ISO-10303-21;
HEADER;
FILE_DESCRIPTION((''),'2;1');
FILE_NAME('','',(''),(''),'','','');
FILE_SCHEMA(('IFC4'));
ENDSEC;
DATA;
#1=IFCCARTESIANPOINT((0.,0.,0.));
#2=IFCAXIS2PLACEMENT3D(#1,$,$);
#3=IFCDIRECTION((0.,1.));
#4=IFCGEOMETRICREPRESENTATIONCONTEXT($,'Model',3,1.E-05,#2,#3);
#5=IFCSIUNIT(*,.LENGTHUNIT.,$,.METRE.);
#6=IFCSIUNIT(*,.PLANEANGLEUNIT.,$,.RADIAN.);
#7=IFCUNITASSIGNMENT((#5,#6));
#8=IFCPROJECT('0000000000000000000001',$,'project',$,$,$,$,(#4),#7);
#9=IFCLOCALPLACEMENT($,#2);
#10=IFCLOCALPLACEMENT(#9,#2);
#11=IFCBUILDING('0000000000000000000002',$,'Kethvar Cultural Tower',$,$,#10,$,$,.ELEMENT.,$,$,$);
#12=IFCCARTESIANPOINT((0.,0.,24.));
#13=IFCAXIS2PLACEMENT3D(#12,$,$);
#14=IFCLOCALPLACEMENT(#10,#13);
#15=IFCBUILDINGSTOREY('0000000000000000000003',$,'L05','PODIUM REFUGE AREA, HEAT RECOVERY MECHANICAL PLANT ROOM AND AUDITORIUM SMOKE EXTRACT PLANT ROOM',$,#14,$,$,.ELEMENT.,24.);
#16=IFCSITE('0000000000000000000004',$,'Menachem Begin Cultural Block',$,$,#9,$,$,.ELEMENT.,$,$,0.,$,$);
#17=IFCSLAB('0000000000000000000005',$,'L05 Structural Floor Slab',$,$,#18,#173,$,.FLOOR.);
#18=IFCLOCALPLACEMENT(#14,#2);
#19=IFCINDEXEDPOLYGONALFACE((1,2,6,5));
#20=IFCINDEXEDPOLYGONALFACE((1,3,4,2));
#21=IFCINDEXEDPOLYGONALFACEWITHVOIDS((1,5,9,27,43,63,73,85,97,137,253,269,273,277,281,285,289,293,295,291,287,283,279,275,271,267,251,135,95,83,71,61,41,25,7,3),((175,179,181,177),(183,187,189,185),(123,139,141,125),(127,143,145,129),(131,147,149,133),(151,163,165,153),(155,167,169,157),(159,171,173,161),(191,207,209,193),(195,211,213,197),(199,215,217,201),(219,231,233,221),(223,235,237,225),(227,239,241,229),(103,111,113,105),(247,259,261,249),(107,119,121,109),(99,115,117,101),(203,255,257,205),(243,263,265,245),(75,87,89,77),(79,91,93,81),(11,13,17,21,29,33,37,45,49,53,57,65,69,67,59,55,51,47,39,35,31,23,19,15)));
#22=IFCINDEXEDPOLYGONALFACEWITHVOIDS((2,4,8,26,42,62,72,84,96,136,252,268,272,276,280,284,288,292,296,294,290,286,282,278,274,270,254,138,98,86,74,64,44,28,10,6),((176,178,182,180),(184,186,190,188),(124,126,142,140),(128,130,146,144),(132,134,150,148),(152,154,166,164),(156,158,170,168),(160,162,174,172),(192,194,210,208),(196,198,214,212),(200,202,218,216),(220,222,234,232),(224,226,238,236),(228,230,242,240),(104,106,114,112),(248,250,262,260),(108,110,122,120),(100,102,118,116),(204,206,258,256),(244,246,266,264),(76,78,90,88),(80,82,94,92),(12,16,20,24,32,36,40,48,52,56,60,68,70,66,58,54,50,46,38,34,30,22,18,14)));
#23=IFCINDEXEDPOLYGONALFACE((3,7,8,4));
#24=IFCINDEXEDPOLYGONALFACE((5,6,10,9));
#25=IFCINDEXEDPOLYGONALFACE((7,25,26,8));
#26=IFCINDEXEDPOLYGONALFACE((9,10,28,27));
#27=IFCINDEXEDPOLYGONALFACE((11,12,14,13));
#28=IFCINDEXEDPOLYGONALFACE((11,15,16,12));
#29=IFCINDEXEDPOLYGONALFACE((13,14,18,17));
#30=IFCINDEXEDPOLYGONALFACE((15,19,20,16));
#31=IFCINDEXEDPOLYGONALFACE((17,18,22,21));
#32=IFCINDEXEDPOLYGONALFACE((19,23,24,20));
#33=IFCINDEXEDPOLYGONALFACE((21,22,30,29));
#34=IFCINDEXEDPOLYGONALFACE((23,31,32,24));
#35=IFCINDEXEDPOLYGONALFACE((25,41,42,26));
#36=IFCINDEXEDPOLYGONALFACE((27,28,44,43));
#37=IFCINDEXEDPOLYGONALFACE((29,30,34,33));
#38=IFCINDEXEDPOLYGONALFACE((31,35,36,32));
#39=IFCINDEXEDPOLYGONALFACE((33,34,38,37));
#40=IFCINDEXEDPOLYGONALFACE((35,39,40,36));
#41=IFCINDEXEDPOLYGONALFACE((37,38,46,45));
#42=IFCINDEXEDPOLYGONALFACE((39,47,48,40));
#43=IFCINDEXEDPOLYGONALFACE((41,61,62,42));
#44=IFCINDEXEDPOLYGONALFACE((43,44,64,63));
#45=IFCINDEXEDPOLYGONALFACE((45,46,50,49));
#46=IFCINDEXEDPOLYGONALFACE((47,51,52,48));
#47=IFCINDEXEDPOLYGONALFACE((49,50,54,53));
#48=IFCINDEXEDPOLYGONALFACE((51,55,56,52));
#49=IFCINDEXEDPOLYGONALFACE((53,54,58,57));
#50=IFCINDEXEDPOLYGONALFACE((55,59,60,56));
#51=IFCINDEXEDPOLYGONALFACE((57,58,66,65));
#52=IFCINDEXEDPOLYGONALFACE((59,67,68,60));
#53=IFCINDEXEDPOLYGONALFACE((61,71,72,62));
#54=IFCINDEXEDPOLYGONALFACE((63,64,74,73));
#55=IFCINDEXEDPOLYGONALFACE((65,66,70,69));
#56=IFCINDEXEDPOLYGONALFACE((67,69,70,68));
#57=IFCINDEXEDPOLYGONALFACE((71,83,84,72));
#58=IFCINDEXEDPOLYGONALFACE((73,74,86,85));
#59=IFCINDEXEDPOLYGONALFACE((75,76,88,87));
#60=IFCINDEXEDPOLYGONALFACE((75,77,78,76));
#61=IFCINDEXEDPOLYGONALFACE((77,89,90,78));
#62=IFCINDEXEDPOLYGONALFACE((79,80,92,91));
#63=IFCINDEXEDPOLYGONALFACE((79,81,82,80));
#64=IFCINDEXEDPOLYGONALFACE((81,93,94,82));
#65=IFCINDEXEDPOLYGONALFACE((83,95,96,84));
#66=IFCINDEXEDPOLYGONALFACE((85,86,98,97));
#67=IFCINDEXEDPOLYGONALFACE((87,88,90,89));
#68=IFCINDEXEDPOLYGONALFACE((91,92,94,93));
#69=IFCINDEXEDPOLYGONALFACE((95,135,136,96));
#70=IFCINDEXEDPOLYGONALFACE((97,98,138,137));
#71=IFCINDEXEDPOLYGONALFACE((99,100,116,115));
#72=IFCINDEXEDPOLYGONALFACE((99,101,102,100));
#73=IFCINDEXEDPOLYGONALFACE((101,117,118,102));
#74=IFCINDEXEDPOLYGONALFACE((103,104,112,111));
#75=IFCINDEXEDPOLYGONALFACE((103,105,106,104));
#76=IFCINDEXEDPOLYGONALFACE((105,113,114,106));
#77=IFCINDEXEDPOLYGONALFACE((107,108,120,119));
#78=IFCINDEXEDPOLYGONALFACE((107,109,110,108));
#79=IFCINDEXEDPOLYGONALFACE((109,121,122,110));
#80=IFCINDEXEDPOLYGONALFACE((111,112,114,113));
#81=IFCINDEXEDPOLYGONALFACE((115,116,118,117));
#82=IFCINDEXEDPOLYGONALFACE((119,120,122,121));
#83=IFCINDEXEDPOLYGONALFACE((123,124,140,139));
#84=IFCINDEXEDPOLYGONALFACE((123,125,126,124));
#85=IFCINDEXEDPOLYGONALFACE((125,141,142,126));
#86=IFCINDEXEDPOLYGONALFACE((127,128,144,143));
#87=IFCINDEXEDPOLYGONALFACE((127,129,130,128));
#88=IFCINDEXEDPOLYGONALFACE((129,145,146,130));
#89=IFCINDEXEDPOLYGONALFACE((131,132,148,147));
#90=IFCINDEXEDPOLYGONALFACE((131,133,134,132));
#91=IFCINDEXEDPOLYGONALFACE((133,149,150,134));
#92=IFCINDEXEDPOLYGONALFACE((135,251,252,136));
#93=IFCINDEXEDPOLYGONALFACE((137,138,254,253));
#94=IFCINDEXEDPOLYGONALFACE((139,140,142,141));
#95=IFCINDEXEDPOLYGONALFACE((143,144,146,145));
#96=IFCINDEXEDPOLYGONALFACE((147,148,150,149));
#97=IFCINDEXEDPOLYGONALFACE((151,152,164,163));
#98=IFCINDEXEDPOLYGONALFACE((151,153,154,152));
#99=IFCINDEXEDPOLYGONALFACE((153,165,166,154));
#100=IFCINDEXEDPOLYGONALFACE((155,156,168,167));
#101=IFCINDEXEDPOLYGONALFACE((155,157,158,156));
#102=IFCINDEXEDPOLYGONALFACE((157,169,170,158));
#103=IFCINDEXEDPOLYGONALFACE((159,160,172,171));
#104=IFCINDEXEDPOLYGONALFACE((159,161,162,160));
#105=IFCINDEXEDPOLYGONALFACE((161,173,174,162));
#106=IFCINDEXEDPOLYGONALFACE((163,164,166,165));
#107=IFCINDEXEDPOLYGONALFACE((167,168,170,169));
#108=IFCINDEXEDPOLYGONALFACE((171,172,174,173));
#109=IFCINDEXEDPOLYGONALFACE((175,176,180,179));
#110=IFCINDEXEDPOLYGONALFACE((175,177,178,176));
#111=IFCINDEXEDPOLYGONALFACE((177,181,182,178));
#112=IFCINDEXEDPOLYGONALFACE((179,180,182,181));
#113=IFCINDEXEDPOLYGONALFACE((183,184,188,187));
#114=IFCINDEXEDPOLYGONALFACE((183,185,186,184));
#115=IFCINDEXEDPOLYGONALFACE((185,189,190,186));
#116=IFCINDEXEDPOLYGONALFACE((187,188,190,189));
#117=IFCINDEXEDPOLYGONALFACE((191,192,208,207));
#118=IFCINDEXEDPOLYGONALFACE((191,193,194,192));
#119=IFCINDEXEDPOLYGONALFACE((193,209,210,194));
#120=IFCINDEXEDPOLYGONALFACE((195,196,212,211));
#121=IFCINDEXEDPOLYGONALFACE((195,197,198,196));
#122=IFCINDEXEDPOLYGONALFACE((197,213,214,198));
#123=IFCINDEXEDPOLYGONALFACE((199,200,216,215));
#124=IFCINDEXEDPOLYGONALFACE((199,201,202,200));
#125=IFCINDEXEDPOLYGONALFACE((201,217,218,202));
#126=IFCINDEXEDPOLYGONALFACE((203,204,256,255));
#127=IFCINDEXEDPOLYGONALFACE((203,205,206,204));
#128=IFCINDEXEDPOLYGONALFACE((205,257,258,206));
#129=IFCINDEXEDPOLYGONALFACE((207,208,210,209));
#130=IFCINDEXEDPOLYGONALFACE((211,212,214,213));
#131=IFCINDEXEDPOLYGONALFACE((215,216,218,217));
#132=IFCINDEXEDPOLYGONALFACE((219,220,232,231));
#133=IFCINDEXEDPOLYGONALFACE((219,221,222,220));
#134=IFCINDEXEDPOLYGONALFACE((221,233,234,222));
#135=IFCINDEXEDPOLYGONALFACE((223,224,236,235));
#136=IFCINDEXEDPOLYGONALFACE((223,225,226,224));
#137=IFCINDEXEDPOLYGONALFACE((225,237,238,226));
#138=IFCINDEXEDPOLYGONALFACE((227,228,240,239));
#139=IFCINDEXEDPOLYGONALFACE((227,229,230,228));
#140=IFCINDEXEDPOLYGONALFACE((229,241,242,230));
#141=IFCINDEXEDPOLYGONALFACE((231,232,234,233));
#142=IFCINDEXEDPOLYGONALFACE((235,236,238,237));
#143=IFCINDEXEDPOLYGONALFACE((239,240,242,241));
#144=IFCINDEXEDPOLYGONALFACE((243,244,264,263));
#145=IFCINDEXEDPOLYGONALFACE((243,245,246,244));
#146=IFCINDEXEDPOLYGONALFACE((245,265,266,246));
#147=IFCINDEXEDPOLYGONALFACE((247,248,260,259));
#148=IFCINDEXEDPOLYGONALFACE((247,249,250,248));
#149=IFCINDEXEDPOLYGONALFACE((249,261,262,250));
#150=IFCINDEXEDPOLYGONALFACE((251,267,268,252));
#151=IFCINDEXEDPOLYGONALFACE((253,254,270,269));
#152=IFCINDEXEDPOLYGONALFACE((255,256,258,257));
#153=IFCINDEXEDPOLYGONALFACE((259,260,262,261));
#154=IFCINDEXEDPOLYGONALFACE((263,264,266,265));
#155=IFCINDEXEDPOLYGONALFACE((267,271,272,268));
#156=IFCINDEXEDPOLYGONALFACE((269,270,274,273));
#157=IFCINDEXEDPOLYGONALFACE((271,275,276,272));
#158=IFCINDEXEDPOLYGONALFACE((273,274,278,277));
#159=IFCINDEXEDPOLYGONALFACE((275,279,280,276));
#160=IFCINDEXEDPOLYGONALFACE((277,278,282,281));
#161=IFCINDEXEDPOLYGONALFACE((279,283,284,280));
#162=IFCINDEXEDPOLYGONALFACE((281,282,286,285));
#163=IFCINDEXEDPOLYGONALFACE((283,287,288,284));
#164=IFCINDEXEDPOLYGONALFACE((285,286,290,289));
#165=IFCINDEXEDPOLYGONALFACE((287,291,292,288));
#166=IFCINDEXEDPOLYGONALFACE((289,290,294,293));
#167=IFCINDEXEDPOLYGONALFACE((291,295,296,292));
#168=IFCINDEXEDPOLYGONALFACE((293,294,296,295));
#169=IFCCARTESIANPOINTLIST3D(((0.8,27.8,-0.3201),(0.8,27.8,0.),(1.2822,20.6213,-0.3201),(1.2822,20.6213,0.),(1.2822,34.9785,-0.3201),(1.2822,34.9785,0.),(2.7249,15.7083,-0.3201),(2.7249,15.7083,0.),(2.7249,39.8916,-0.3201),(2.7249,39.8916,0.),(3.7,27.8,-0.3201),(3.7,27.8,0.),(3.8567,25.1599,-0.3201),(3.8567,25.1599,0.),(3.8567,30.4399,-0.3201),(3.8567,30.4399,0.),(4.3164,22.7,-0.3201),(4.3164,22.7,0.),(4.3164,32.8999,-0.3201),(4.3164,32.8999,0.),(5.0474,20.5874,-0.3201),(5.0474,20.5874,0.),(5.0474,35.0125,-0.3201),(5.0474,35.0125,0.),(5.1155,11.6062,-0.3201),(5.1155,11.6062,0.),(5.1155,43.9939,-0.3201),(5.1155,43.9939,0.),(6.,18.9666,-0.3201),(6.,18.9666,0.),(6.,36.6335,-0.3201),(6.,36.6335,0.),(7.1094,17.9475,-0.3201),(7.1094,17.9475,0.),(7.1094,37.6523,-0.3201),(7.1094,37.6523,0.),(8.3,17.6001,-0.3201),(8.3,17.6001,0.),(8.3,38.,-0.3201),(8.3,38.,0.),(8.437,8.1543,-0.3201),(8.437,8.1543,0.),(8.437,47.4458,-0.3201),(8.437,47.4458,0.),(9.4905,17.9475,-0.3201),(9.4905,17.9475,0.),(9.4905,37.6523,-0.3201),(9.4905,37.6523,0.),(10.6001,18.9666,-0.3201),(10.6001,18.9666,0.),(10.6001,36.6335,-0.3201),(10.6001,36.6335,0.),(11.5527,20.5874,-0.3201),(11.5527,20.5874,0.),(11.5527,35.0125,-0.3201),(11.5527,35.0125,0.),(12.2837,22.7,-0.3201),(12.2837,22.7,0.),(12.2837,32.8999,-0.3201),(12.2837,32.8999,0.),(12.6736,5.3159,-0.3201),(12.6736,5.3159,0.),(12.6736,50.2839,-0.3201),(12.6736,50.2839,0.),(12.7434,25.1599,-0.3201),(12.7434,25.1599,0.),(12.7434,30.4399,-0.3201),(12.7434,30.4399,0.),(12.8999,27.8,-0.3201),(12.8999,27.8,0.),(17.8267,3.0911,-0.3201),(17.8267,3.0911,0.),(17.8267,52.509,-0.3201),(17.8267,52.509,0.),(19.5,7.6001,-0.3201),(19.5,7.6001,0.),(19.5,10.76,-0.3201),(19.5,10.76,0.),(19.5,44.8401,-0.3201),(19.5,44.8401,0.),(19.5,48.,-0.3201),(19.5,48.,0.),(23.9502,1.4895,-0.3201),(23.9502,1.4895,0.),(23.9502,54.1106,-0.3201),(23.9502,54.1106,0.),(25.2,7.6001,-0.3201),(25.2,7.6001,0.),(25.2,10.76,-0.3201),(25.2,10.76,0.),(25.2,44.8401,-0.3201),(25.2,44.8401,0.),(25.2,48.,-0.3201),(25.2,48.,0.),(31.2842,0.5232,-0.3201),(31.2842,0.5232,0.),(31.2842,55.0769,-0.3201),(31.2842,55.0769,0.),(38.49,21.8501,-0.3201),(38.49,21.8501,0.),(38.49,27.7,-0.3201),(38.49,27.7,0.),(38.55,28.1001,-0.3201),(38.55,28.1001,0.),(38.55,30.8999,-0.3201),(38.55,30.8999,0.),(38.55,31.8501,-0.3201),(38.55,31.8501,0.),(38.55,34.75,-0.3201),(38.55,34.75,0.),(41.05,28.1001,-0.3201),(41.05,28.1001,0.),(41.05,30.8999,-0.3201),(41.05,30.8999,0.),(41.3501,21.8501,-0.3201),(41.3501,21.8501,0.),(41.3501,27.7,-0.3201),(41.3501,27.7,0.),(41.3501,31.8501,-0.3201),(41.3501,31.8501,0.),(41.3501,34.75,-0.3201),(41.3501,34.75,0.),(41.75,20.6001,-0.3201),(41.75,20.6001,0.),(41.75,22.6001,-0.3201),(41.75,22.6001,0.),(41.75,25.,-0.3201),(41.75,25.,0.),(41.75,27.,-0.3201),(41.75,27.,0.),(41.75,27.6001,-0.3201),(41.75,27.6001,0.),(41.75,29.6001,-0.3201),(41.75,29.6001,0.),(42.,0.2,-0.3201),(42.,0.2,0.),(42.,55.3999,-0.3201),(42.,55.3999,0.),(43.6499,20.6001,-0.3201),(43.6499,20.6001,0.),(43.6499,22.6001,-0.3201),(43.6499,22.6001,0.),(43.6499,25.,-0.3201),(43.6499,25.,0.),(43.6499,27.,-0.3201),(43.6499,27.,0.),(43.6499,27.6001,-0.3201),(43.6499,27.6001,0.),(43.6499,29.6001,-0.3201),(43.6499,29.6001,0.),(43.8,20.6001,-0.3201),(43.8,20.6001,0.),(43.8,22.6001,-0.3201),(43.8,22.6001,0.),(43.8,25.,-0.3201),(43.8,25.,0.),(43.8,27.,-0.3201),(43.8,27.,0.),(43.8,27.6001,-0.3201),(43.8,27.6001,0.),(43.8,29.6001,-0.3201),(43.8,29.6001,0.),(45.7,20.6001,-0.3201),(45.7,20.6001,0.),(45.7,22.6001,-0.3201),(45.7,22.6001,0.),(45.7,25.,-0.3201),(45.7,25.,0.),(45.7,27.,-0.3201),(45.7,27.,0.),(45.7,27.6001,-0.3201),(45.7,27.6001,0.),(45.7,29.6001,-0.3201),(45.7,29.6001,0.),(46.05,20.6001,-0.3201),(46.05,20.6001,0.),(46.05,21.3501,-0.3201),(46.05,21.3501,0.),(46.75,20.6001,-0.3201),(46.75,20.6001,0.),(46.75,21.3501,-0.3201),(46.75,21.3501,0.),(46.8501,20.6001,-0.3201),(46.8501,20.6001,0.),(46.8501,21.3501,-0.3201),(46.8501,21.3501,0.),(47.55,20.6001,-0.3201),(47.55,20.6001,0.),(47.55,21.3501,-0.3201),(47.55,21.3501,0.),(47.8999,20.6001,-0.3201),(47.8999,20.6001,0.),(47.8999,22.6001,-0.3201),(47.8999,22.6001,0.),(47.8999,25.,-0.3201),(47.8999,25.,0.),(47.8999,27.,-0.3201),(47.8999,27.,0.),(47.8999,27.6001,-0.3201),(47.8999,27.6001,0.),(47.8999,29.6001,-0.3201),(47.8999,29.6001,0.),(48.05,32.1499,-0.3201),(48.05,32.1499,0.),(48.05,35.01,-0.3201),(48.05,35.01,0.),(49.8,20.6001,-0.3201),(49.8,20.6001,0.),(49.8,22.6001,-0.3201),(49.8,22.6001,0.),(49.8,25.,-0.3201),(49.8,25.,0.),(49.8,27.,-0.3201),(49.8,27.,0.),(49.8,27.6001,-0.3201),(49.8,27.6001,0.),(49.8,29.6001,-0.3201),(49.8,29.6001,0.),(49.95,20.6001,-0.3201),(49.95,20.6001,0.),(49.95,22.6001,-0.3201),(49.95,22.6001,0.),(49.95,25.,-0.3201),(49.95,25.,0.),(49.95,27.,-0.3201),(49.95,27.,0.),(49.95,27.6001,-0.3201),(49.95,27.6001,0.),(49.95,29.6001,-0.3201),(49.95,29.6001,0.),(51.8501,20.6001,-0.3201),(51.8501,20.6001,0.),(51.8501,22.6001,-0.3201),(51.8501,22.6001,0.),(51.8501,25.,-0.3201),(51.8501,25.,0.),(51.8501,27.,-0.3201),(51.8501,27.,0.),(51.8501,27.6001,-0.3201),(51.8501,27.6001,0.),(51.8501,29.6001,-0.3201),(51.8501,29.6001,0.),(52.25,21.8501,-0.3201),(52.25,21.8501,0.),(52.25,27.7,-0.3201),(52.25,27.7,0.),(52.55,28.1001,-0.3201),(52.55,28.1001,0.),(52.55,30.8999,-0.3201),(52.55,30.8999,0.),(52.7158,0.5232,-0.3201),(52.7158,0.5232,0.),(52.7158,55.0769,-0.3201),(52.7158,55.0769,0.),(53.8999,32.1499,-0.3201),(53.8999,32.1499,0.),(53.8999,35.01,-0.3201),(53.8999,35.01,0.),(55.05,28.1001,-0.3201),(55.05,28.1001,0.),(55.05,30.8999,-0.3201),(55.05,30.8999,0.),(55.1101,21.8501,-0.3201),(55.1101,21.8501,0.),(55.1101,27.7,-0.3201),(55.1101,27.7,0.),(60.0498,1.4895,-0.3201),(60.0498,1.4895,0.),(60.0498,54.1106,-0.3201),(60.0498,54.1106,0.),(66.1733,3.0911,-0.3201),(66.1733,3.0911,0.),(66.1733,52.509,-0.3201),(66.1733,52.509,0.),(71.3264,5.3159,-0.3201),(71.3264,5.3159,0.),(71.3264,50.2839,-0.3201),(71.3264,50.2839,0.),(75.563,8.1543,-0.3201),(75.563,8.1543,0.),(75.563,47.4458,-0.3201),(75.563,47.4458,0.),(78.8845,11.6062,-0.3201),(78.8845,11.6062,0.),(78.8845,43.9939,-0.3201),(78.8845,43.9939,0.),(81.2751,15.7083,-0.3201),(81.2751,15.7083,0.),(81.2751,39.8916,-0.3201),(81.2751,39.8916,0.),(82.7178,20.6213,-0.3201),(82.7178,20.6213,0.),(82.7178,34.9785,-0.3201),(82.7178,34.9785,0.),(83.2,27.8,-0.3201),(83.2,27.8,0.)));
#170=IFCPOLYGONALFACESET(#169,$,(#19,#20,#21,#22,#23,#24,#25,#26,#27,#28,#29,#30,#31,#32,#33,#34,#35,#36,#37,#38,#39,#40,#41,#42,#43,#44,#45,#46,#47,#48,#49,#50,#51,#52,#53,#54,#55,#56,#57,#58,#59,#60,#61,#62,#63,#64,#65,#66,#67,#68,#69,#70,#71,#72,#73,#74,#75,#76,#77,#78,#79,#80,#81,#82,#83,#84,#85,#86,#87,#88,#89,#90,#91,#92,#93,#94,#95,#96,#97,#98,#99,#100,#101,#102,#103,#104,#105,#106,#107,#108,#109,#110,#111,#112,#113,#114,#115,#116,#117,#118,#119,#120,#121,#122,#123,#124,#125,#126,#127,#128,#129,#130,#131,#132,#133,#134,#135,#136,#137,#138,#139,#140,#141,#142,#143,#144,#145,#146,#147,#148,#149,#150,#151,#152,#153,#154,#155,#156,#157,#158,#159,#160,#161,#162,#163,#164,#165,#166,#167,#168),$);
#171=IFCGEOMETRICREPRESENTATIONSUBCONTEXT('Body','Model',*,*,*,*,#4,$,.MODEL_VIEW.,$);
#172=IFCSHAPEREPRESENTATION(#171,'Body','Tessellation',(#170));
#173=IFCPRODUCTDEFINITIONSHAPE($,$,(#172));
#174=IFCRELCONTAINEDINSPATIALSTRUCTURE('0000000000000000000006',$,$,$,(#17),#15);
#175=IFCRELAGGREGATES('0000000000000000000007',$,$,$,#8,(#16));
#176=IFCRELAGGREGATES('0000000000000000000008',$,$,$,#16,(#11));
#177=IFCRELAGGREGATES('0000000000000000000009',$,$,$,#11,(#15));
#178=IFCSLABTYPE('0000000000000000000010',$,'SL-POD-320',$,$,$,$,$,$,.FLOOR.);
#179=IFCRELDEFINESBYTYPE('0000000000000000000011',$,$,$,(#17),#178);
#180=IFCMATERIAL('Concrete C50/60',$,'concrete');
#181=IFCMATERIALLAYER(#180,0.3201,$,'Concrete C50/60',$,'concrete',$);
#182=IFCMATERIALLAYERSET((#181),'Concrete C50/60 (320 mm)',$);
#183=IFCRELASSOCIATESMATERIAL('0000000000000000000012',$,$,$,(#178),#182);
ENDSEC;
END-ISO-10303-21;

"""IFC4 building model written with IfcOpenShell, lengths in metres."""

from ifc_helpers import new_model, si_unit, direction, frame, origin, place, context, subcontext, project, spatial, polyline, outline, extrude, material, layer, layer_set, type_object, element, save


model = new_model("IFC4")

# Units and contexts
model_context = context("Model", 3, precision=1e-05, world=origin(), true_north=direction((0.0, 1.0)))
body_context = subcontext(model_context, "Body", "Model", "MODEL_VIEW")
ifc_project = project(units=[si_unit("LENGTHUNIT", "METRE"), si_unit("PLANEANGLEUNIT", "RADIAN")], contexts=[model_context])

# Site, building, storey
site_placement = place(None, origin())
site = spatial("IfcSite", under=ifc_project, at=site_placement, Name="Menachem Begin Cultural Block", CompositionType="ELEMENT", RefElevation=0.0)
building_placement = place(site_placement, origin())
building = spatial("IfcBuilding", under=site, at=building_placement, Name="Kethvar Cultural Tower", CompositionType="ELEMENT")
storey_placement = place(building_placement, frame((0.0, 0.0, 24.0)))
storey = spatial("IfcBuildingStorey", under=building, at=storey_placement, Name="L05", Description="PODIUM REFUGE AREA, HEAT RECOVERY MECHANICAL PLANT ROOM AND AUDITORIUM SMOKE EXTRACT PLANT ROOM", CompositionType="ELEMENT", Elevation=24.0)

# Slab
ifc_material_1 = material(Name="Concrete C50/60", Category="concrete")
ifc_layer_1 = layer(ifc_material_1, 0.3201, Name="Concrete C50/60", Category="concrete")
ifc_layer_set_1 = layer_set([ifc_layer_1], Name="Concrete C50/60 (320 mm)")
slab_type_1 = type_object("IfcSlabType", Name="SL-POD-320", PredefinedType="FLOOR", material=ifc_layer_set_1)
slab_1_placement = place(storey_placement, frame((0.0, 0.0, -0.3201)))
element("IfcSlab", 1, at=slab_1_placement, inside=storey, type_object=slab_type_1, Name="L05 Structural Floor Slab", PredefinedType="FLOOR", context=body_context, shape_type="SweptSolid", body=[
    extrude(outline(polyline([(83.2, 27.8), (82.7178, 34.9785), (81.2751, 39.8916), (78.8845, 43.9939), (75.563, 47.4458), (71.3264, 50.2839), (66.1733, 52.509), (60.0498, 54.1106), (52.7158, 55.0769), (42.0, 55.3999), (31.2842, 55.0769), (23.9502, 54.1106), (17.8267, 52.509), (12.6736, 50.2839), (8.437, 47.4458), (5.1155, 43.9939), (2.7249, 39.8916), (1.2822, 34.9785), (0.8, 27.8), (1.2822, 20.6213), (2.7249, 15.7083), (5.1155, 11.6062), (8.437, 8.1543), (12.6736, 5.3159), (17.8267, 3.0911), (23.9502, 1.4895), (31.2842, 0.5232), (42.0, 0.2), (52.7158, 0.5232), (60.0498, 1.4895), (66.1733, 3.0911), (71.3264, 5.3159), (75.563, 8.1543), (78.8845, 11.6062), (81.2751, 15.7083), (82.7178, 20.6213), (83.2, 27.8)]), holes=[polyline([(38.49, 21.8501), (38.49, 27.7), (41.3501, 27.7), (41.3501, 21.8501), (38.49, 21.8501)]), polyline([(52.25, 21.8501), (52.25, 27.7), (55.1101, 27.7), (55.1101, 21.8501), (52.25, 21.8501)]), polyline([(53.8999, 32.1499), (48.05, 32.1499), (48.05, 35.01), (53.8999, 35.01), (53.8999, 32.1499)]), polyline([(19.5, 10.76), (25.2, 10.76), (25.2, 7.6001), (19.5, 7.6001), (19.5, 10.76)]), polyline([(19.5, 48.0), (25.2, 48.0), (25.2, 44.8401), (19.5, 44.8401), (19.5, 48.0)]), polyline([(41.75, 22.6001), (43.6499, 22.6001), (43.6499, 20.6001), (41.75, 20.6001), (41.75, 22.6001)]), polyline([(43.8, 22.6001), (45.7, 22.6001), (45.7, 20.6001), (43.8, 20.6001), (43.8, 22.6001)]), polyline([(47.8999, 22.6001), (49.8, 22.6001), (49.8, 20.6001), (47.8999, 20.6001), (47.8999, 22.6001)]), polyline([(49.95, 22.6001), (51.8501, 22.6001), (51.8501, 20.6001), (49.95, 20.6001), (49.95, 22.6001)]), polyline([(41.75, 27.0), (43.6499, 27.0), (43.6499, 25.0), (41.75, 25.0), (41.75, 27.0)]), polyline([(43.8, 27.0), (45.7, 27.0), (45.7, 25.0), (43.8, 25.0), (43.8, 27.0)]), polyline([(47.8999, 27.0), (49.8, 27.0), (49.8, 25.0), (47.8999, 25.0), (47.8999, 27.0)]), polyline([(49.95, 27.0), (51.8501, 27.0), (51.8501, 25.0), (49.95, 25.0), (49.95, 27.0)]), polyline([(41.75, 29.6001), (43.6499, 29.6001), (43.6499, 27.6001), (41.75, 27.6001), (41.75, 29.6001)]), polyline([(43.8, 29.6001), (45.7, 29.6001), (45.7, 27.6001), (43.8, 27.6001), (43.8, 29.6001)]), polyline([(47.8999, 29.6001), (49.8, 29.6001), (49.8, 27.6001), (47.8999, 27.6001), (47.8999, 29.6001)]), polyline([(49.95, 29.6001), (51.8501, 29.6001), (51.8501, 27.6001), (49.95, 27.6001), (49.95, 29.6001)]), polyline([(38.55, 30.8999), (41.05, 30.8999), (41.05, 28.1001), (38.55, 28.1001), (38.55, 30.8999)]), polyline([(52.55, 30.8999), (55.05, 30.8999), (55.05, 28.1001), (52.55, 28.1001), (52.55, 30.8999)]), polyline([(38.55, 34.75), (41.3501, 34.75), (41.3501, 31.8501), (38.55, 31.8501), (38.55, 34.75)]), polyline([(46.05, 21.3501), (46.75, 21.3501), (46.75, 20.6001), (46.05, 20.6001), (46.05, 21.3501)]), polyline([(46.8501, 21.3501), (47.55, 21.3501), (47.55, 20.6001), (46.8501, 20.6001), (46.8501, 21.3501)]), polyline([(12.7434, 25.1599), (12.2837, 22.7), (11.5527, 20.5874), (10.6001, 18.9666), (9.4905, 17.9475), (8.3, 17.6001), (7.1094, 17.9475), (6.0, 18.9666), (5.0474, 20.5874), (4.3164, 22.7), (3.8567, 25.1599), (3.7, 27.8), (3.8567, 30.4399), (4.3164, 32.8999), (5.0474, 35.0125), (6.0, 36.6335), (7.1094, 37.6523), (8.3, 38.0), (9.4905, 37.6523), (10.6001, 36.6335), (11.5527, 35.0125), (12.2837, 32.8999), (12.7434, 30.4399), (12.8999, 27.8), (12.7434, 25.1599)])]), origin(), (0.0, 0.0, 1.0), 0.3201),
])

save(model, "model.ifc")
